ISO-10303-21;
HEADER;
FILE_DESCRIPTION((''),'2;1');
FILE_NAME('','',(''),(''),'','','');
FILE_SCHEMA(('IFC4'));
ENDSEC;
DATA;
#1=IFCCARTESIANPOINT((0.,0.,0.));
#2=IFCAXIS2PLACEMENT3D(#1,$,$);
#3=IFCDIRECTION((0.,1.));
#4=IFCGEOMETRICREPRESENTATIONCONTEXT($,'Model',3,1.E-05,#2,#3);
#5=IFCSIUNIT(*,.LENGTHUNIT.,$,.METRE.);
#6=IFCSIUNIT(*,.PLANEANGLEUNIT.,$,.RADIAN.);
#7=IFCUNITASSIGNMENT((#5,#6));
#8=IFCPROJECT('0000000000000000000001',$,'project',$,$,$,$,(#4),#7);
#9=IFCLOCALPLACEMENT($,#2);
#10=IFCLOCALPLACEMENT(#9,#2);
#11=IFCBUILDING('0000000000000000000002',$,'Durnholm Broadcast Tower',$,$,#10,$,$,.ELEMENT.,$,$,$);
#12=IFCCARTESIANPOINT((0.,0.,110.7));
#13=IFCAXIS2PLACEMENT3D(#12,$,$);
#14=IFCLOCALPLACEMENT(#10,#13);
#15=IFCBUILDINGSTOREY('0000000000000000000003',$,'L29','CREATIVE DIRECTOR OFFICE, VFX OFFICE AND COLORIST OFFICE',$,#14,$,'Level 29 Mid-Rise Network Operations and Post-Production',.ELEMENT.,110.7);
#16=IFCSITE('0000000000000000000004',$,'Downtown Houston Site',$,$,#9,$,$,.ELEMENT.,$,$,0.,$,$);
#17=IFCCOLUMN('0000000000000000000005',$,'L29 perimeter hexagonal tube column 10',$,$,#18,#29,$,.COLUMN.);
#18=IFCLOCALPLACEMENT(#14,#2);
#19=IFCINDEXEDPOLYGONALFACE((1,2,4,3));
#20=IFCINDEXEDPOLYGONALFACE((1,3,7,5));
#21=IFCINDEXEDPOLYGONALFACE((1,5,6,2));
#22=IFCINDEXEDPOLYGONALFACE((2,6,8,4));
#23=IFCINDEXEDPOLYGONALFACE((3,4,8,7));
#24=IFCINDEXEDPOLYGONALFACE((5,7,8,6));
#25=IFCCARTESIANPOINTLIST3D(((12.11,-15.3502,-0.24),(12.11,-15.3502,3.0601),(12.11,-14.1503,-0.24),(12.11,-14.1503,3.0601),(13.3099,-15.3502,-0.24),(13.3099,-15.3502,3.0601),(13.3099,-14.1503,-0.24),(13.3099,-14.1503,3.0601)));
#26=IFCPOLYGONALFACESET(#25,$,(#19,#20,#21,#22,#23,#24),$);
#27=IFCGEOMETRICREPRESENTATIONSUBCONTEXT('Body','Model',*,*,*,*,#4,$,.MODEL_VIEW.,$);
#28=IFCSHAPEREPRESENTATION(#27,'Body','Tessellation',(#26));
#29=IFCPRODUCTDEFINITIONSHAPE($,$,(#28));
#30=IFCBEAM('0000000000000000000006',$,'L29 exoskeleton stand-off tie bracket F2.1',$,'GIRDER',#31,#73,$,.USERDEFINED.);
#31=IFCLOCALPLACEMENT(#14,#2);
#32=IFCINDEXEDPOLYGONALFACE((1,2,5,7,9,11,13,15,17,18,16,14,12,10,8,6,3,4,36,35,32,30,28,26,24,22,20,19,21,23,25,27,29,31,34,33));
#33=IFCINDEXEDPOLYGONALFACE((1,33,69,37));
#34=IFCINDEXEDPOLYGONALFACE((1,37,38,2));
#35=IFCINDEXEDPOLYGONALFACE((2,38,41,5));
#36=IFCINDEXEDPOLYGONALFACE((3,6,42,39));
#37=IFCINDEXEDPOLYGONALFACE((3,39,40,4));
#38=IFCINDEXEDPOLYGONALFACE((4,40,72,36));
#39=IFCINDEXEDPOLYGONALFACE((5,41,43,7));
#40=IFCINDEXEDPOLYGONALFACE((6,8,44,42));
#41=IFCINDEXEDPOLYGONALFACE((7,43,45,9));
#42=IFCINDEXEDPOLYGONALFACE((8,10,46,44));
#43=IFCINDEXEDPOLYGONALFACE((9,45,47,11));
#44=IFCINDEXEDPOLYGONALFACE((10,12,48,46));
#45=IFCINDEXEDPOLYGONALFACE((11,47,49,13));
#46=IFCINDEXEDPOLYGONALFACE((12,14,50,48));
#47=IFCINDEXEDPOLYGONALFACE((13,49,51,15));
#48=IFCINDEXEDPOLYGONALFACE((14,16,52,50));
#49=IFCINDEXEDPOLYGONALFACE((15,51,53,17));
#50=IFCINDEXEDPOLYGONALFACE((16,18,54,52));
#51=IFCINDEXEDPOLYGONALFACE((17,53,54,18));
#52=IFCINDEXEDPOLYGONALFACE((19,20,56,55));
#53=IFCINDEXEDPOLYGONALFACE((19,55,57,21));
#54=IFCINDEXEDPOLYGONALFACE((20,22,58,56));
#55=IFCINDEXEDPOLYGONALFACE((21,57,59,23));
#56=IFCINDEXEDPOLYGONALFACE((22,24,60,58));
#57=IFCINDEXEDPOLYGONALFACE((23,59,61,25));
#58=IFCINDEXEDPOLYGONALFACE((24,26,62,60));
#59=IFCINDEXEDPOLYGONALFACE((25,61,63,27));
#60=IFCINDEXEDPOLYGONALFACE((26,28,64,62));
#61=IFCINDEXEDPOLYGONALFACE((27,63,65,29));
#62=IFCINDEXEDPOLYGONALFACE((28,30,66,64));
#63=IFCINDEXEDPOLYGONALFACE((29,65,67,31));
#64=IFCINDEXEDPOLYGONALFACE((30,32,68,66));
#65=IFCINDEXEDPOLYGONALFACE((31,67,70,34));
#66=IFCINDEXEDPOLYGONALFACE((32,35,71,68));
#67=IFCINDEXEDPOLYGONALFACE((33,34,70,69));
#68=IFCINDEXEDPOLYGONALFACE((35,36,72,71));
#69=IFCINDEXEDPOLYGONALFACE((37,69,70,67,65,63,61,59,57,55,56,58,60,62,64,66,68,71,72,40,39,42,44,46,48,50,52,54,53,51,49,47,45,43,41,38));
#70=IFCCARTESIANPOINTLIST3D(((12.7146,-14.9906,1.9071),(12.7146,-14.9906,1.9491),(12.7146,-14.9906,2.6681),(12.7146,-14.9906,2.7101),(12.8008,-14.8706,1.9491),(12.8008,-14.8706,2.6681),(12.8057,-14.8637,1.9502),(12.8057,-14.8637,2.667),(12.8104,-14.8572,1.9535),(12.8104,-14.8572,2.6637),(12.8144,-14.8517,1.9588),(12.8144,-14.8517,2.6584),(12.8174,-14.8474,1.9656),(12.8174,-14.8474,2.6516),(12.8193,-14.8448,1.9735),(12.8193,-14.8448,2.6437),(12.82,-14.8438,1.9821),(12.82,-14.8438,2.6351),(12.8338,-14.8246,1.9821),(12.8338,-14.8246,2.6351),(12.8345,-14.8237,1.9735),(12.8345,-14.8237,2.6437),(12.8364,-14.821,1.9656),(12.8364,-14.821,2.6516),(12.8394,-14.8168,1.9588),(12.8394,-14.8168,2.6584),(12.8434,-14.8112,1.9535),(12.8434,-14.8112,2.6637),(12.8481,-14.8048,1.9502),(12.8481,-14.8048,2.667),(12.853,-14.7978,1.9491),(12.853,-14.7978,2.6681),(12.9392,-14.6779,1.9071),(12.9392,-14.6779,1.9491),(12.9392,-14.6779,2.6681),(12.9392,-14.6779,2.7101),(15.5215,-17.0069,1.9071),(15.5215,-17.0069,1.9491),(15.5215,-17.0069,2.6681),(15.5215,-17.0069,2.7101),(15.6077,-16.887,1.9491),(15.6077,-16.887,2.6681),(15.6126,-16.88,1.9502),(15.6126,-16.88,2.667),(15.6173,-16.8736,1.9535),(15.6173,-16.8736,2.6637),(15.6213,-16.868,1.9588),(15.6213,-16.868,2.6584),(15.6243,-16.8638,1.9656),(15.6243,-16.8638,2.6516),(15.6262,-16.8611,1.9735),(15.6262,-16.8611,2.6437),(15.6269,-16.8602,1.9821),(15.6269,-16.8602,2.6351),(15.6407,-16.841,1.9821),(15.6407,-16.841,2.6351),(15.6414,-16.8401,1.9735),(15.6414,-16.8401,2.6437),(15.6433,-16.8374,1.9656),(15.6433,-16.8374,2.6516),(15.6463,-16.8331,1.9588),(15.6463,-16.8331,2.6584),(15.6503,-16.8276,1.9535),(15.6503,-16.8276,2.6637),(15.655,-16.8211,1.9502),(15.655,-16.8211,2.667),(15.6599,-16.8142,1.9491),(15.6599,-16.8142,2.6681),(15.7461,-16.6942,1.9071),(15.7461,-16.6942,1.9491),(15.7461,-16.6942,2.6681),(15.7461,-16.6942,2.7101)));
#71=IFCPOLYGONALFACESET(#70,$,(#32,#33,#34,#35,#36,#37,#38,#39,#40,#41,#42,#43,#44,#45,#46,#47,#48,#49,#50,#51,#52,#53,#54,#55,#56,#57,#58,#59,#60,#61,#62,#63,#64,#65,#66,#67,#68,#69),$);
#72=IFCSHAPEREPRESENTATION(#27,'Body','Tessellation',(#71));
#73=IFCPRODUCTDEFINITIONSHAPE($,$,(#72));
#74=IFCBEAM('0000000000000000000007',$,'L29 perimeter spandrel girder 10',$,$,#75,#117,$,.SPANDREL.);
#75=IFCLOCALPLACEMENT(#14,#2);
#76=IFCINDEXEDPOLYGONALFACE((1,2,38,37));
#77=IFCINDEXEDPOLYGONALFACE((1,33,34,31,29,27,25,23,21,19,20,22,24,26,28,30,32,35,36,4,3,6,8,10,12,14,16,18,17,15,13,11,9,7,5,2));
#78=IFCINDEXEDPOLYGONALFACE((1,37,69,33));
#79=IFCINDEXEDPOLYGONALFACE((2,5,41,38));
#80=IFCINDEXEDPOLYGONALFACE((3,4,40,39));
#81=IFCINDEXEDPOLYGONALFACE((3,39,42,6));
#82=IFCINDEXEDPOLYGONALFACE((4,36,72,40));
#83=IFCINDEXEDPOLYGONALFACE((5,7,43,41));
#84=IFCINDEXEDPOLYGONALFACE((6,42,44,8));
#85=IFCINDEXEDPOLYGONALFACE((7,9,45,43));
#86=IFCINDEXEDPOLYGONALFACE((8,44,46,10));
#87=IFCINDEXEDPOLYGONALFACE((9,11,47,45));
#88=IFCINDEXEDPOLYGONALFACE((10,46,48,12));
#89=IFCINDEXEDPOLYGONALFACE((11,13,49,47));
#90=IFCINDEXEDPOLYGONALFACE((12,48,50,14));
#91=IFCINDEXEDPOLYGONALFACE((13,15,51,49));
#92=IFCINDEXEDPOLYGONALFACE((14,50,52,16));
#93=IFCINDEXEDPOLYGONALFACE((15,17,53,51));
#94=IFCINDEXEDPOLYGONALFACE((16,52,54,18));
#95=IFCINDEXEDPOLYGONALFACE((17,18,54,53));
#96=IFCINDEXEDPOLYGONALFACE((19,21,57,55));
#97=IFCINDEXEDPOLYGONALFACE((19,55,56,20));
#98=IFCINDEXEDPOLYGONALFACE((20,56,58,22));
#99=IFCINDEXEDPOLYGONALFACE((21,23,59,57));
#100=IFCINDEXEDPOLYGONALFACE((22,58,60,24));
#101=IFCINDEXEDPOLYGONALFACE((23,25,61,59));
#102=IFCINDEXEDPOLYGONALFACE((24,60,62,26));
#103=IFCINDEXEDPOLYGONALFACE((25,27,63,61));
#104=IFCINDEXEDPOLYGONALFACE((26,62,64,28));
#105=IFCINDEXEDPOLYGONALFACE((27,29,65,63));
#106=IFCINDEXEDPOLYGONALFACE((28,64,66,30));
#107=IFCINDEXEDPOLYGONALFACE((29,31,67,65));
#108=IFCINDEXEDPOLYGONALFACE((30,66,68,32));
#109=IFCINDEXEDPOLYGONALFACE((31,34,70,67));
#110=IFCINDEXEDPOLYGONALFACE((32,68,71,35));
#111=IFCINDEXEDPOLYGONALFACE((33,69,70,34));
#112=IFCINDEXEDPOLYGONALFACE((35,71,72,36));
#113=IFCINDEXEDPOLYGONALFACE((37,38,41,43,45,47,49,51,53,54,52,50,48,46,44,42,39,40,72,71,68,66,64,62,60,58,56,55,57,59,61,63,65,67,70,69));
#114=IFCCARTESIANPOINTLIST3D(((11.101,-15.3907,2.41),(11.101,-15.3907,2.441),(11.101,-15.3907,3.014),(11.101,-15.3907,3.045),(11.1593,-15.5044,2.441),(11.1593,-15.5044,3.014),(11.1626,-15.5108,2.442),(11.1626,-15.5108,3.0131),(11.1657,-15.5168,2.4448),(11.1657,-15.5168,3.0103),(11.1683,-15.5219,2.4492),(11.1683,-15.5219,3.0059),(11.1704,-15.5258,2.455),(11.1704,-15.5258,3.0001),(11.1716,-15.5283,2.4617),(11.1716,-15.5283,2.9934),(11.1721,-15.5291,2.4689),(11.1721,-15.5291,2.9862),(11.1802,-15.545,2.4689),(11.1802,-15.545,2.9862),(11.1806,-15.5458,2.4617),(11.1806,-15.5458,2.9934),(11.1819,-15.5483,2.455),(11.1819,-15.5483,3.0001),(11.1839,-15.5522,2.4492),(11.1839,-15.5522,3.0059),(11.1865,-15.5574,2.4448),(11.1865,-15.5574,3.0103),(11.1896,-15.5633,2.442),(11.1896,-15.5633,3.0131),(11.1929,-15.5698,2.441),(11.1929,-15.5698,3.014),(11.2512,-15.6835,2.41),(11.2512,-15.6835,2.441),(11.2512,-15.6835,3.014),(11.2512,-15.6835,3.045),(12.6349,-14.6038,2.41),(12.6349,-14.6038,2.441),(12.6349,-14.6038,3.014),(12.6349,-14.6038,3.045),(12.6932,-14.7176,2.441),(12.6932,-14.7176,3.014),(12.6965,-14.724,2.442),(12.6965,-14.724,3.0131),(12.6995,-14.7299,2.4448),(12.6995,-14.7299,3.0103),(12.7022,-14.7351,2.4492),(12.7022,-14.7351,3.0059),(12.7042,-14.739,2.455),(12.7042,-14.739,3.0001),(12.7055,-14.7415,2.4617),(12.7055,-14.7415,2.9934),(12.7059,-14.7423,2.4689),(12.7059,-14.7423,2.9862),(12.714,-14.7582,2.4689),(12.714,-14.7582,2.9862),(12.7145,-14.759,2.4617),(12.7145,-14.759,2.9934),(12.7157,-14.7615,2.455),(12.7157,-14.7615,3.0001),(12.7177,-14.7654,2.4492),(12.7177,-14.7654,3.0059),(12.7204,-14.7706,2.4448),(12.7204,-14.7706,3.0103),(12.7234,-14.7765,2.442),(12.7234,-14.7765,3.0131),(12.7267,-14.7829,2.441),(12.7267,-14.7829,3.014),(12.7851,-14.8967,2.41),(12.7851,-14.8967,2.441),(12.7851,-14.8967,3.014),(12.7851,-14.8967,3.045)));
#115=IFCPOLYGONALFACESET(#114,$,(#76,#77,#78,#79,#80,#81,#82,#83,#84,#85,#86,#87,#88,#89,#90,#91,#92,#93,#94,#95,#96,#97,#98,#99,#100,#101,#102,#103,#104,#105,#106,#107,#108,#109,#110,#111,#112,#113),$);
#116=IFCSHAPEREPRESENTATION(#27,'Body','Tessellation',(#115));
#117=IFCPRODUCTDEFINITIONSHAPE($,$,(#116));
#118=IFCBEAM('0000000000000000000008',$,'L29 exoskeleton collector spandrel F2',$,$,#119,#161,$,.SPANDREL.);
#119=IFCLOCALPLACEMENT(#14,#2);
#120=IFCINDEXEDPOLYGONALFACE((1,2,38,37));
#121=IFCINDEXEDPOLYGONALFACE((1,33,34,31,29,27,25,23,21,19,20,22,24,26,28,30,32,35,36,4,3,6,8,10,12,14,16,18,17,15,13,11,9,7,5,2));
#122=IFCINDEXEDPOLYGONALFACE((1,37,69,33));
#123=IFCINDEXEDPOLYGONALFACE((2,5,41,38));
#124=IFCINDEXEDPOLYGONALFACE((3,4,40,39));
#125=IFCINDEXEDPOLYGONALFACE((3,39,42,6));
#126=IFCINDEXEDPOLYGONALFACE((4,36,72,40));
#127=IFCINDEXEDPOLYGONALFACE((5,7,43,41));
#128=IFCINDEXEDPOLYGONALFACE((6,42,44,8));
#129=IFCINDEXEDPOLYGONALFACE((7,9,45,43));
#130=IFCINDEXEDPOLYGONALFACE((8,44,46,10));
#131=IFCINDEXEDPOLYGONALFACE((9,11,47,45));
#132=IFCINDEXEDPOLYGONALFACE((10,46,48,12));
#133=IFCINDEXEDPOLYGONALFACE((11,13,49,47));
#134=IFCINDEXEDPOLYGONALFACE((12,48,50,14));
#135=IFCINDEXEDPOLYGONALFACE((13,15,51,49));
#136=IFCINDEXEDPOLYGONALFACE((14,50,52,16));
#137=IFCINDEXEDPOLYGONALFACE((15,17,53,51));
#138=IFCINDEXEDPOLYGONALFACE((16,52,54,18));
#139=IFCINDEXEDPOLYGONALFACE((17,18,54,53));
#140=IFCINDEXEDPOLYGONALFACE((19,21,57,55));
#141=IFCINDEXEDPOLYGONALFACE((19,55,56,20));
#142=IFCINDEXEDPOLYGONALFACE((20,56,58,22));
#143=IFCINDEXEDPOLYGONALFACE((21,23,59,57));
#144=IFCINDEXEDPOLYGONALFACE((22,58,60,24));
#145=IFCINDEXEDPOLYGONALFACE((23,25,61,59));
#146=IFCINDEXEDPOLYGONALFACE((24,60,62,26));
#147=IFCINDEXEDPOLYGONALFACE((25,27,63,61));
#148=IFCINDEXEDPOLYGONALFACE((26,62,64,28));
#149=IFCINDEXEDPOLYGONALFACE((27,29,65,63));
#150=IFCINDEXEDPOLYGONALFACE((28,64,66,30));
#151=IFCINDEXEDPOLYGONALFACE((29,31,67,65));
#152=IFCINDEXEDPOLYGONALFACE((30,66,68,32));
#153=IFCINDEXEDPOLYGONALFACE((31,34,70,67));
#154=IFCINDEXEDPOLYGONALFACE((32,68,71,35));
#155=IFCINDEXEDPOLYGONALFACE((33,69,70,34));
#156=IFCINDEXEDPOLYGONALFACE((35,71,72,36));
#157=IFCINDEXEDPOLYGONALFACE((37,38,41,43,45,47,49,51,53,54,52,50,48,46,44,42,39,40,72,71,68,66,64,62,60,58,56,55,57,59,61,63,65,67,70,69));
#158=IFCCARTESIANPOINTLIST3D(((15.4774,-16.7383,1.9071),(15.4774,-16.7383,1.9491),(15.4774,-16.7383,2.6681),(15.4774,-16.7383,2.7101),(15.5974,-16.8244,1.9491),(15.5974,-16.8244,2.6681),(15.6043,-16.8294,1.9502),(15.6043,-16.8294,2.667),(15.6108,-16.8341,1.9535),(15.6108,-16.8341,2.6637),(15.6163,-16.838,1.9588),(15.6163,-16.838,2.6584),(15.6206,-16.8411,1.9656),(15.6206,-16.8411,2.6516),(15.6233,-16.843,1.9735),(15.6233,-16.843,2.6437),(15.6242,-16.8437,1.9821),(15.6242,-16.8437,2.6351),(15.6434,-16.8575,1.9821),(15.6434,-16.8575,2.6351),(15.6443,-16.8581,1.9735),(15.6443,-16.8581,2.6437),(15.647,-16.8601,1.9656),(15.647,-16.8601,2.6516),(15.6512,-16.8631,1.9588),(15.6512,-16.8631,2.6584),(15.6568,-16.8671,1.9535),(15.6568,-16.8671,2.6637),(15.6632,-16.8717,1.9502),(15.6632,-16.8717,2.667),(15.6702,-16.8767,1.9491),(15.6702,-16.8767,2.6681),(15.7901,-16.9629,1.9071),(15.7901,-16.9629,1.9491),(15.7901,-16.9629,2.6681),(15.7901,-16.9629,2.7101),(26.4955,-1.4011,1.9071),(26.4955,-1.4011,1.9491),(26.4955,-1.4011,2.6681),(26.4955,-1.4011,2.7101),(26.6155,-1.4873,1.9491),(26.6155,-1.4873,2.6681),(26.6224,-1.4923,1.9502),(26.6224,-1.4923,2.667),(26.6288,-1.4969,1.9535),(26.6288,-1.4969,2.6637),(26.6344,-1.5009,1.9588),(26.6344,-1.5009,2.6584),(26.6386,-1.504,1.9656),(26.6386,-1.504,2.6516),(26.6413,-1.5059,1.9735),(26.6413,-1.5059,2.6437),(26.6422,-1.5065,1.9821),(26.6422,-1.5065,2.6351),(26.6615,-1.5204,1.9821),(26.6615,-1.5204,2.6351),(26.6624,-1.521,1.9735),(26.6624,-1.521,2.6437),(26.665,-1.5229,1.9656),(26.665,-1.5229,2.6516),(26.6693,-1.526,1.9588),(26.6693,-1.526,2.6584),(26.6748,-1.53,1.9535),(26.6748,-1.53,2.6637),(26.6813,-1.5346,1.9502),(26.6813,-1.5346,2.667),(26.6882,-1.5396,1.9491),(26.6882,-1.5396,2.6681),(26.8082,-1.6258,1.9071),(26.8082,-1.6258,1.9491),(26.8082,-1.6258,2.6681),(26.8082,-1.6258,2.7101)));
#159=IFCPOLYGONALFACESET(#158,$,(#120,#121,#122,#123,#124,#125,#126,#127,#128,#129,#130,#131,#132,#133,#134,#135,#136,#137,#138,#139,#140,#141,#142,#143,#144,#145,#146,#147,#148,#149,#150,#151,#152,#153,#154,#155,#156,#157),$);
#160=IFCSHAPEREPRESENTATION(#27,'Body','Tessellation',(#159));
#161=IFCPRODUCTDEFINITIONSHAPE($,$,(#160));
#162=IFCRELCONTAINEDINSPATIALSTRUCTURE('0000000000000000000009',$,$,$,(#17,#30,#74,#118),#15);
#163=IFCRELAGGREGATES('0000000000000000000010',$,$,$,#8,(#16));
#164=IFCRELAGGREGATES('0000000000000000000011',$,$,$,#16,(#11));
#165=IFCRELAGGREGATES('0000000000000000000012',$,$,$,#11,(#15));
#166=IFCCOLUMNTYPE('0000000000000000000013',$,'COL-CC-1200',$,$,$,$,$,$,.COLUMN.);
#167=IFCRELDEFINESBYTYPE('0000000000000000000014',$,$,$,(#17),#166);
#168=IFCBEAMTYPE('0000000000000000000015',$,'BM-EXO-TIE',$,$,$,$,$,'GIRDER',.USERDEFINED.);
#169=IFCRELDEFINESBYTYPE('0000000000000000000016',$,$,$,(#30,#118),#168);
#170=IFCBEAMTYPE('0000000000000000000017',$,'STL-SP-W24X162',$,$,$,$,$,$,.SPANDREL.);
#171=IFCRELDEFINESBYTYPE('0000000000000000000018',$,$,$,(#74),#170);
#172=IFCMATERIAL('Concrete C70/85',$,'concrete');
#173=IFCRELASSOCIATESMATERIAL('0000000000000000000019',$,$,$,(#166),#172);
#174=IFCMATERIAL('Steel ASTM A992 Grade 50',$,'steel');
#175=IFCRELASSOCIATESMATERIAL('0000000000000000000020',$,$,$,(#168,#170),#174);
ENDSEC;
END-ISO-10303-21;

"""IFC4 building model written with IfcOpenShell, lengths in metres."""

from ifc_helpers import new_model, si_unit, direction, frame, origin, origin_2d, place, context, subcontext, project, spatial, rectangle, i_section, extrude, source, transform, mapped, material, material_profile, profile_set, type_object, type_shapes, element, save


model = new_model("IFC4")

# Units and contexts
model_context = context("Model", 3, precision=1e-05, world=origin(), true_north=direction((0.0, 1.0)))
body_context = subcontext(model_context, "Body", "Model", "MODEL_VIEW")
ifc_project = project(units=[si_unit("LENGTHUNIT", "METRE"), si_unit("PLANEANGLEUNIT", "RADIAN")], contexts=[model_context])

# Site, building, storey
site_placement = place(None, origin())
site = spatial("IfcSite", under=ifc_project, at=site_placement, Name="Downtown Houston Site", CompositionType="ELEMENT", RefElevation=0.0)
building_placement = place(site_placement, origin())
building = spatial("IfcBuilding", under=site, at=building_placement, Name="Durnholm Broadcast Tower", CompositionType="ELEMENT")
storey_placement = place(building_placement, frame((0.0, 0.0, 110.7)))
storey = spatial("IfcBuildingStorey", under=building, at=storey_placement, Name="L29", Description="CREATIVE DIRECTOR OFFICE, VFX OFFICE AND COLORIST OFFICE", LongName="Level 29 Mid-Rise Network Operations and Post-Production", CompositionType="ELEMENT", Elevation=110.7)

# Column
ifc_material_1 = material(Name="Concrete C70/85", Category="concrete")
ifc_material_profile_1 = material_profile(ifc_material_1, rectangle(XDim=1.2, YDim=1.2, at=origin_2d()), Name="RC1200X1200")
ifc_profile_set_1 = profile_set([ifc_material_profile_1], Name="Concrete C70/85")
column_type = type_object("IfcColumnType", Name="COL-CC-1200", PredefinedType="COLUMN", material=ifc_profile_set_1)
shared_shape_1 = source(origin(), body_context, "Body", "SweptSolid", [
    extrude(rectangle(XDim=1.2, YDim=1.2, at=origin_2d()), origin(), (0.0, 0.0, 1.0), 3.3),
])
type_shapes(column_type, [shared_shape_1])
column_placement = place(storey_placement, frame((12.71, -14.7502, -0.24), z_axis=(0.0, 0.0, 1.0), x_axis=(1.0, 0.0, 0.0)))
element("IfcColumn", 1, at=column_placement, inside=storey, type_object=column_type, Name="L29 perimeter hexagonal tube column 10", PredefinedType="COLUMN", context=body_context, shape_type="MappedRepresentation", body=[
    mapped(shared_shape_1, transform((0.0, 0.0, 0.0), x_axis=(1.0, 0.0, 0.0), y_axis=(0.0, 1.0, 0.0), z_axis=(0.0, 0.0, 1.0), scale=1.0)),
])

# Beams
ifc_material_2 = material(Name="Steel ASTM A992 Grade 50", Category="steel")
ifc_material_profile_2 = material_profile(ifc_material_2, i_section(OverallWidth=0.385, OverallDepth=0.803, WebThickness=0.0237, FlangeThickness=0.042, FilletRadius=0.033, at=origin_2d()), Name="W30X261")
ifc_profile_set_2 = profile_set([ifc_material_profile_2], Name="Steel ASTM A992 Grade 50")
beam_type_1 = type_object("IfcBeamType", Name="BM-EXO-TIE", ElementType="GIRDER", PredefinedType="USERDEFINED", material=ifc_profile_set_2)
shared_shape_2 = source(origin(), body_context, "Body", "SweptSolid", [
    extrude(i_section(OverallWidth=0.385, OverallDepth=0.803, WebThickness=0.0237, FlangeThickness=0.042, FilletRadius=0.033, at=origin_2d()), origin(), (0.0, 0.0, 1.0), 3.4561),
])
beam_1_placement = place(storey_placement, frame((12.8269, -14.8342, 2.3086), z_axis=(0.812165, -0.583428, 0.0), x_axis=(0.583428, 0.812165, 0.0)))
element("IfcBeam", 2, at=beam_1_placement, inside=storey, type_object=beam_type_1, Name="L29 exoskeleton stand-off tie bracket F2.1", ObjectType="GIRDER", PredefinedType="USERDEFINED", context=body_context, shape_type="MappedRepresentation", body=[
    mapped(shared_shape_2, transform((0.0, 0.0, 0.0), x_axis=(1.0, 0.0, 0.0), y_axis=(0.0, 1.0, 0.0), z_axis=(0.0, 0.0, 1.0), scale=1.0)),
])
ifc_material_profile_3 = material_profile(ifc_material_2, i_section(OverallWidth=0.3291, OverallDepth=0.635, WebThickness=0.0178, FlangeThickness=0.031, FilletRadius=0.0278, at=origin_2d()), Name="W24X162")
ifc_profile_set_3 = profile_set([ifc_material_profile_3], Name="Steel ASTM A992 Grade 50")
beam_type_2 = type_object("IfcBeamType", Name="STL-SP-W24X162", PredefinedType="SPANDREL", material=ifc_profile_set_3)
shared_shape_3 = source(origin(), body_context, "Body", "SweptSolid", [
    extrude(i_section(OverallWidth=0.3291, OverallDepth=0.635, WebThickness=0.0178, FlangeThickness=0.031, FilletRadius=0.0278, at=origin_2d()), origin(), (0.0, 0.0, 1.0), 1.7239),
])
type_shapes(beam_type_2, [shared_shape_3])
beam_2_placement = place(storey_placement, frame((12.71, -14.7502, 2.7275), z_axis=(-0.889763, -0.456423, 0.0), x_axis=(0.456423, -0.889763, 0.0)))
element("IfcBeam", 3, at=beam_2_placement, inside=storey, type_object=beam_type_2, Name="L29 perimeter spandrel girder 10", PredefinedType="SPANDREL", context=body_context, shape_type="MappedRepresentation", body=[
    mapped(shared_shape_3, transform((0.0, 0.0, 0.0), x_axis=(1.0, 0.0, 0.0), y_axis=(0.0, 1.0, 0.0), z_axis=(0.0, 0.0, 1.0), scale=1.0)),
])
shared_shape_4 = source(origin(), body_context, "Body", "SweptSolid", [
    extrude(i_section(OverallWidth=0.385, OverallDepth=0.803, WebThickness=0.0237, FlangeThickness=0.042, FilletRadius=0.033, at=origin_2d()), origin(), (0.0, 0.0, 1.0), 18.8845),
])
type_shapes(beam_type_1, [shared_shape_2, shared_shape_4])
beam_3_placement = place(storey_placement, frame((15.6338, -16.8506, 2.3086), z_axis=(0.583443, 0.812154, 0.0), x_axis=(-0.812154, 0.583443, 0.0)))
element("IfcBeam", 4, at=beam_3_placement, inside=storey, type_object=beam_type_1, Name="L29 exoskeleton collector spandrel F2", PredefinedType="SPANDREL", context=body_context, shape_type="MappedRepresentation", body=[
    mapped(shared_shape_4, transform((0.0, 0.0, 0.0), x_axis=(1.0, 0.0, 0.0), y_axis=(0.0, 1.0, 0.0), z_axis=(0.0, 0.0, 1.0), scale=1.0)),
])

save(model, "model.ifc")
